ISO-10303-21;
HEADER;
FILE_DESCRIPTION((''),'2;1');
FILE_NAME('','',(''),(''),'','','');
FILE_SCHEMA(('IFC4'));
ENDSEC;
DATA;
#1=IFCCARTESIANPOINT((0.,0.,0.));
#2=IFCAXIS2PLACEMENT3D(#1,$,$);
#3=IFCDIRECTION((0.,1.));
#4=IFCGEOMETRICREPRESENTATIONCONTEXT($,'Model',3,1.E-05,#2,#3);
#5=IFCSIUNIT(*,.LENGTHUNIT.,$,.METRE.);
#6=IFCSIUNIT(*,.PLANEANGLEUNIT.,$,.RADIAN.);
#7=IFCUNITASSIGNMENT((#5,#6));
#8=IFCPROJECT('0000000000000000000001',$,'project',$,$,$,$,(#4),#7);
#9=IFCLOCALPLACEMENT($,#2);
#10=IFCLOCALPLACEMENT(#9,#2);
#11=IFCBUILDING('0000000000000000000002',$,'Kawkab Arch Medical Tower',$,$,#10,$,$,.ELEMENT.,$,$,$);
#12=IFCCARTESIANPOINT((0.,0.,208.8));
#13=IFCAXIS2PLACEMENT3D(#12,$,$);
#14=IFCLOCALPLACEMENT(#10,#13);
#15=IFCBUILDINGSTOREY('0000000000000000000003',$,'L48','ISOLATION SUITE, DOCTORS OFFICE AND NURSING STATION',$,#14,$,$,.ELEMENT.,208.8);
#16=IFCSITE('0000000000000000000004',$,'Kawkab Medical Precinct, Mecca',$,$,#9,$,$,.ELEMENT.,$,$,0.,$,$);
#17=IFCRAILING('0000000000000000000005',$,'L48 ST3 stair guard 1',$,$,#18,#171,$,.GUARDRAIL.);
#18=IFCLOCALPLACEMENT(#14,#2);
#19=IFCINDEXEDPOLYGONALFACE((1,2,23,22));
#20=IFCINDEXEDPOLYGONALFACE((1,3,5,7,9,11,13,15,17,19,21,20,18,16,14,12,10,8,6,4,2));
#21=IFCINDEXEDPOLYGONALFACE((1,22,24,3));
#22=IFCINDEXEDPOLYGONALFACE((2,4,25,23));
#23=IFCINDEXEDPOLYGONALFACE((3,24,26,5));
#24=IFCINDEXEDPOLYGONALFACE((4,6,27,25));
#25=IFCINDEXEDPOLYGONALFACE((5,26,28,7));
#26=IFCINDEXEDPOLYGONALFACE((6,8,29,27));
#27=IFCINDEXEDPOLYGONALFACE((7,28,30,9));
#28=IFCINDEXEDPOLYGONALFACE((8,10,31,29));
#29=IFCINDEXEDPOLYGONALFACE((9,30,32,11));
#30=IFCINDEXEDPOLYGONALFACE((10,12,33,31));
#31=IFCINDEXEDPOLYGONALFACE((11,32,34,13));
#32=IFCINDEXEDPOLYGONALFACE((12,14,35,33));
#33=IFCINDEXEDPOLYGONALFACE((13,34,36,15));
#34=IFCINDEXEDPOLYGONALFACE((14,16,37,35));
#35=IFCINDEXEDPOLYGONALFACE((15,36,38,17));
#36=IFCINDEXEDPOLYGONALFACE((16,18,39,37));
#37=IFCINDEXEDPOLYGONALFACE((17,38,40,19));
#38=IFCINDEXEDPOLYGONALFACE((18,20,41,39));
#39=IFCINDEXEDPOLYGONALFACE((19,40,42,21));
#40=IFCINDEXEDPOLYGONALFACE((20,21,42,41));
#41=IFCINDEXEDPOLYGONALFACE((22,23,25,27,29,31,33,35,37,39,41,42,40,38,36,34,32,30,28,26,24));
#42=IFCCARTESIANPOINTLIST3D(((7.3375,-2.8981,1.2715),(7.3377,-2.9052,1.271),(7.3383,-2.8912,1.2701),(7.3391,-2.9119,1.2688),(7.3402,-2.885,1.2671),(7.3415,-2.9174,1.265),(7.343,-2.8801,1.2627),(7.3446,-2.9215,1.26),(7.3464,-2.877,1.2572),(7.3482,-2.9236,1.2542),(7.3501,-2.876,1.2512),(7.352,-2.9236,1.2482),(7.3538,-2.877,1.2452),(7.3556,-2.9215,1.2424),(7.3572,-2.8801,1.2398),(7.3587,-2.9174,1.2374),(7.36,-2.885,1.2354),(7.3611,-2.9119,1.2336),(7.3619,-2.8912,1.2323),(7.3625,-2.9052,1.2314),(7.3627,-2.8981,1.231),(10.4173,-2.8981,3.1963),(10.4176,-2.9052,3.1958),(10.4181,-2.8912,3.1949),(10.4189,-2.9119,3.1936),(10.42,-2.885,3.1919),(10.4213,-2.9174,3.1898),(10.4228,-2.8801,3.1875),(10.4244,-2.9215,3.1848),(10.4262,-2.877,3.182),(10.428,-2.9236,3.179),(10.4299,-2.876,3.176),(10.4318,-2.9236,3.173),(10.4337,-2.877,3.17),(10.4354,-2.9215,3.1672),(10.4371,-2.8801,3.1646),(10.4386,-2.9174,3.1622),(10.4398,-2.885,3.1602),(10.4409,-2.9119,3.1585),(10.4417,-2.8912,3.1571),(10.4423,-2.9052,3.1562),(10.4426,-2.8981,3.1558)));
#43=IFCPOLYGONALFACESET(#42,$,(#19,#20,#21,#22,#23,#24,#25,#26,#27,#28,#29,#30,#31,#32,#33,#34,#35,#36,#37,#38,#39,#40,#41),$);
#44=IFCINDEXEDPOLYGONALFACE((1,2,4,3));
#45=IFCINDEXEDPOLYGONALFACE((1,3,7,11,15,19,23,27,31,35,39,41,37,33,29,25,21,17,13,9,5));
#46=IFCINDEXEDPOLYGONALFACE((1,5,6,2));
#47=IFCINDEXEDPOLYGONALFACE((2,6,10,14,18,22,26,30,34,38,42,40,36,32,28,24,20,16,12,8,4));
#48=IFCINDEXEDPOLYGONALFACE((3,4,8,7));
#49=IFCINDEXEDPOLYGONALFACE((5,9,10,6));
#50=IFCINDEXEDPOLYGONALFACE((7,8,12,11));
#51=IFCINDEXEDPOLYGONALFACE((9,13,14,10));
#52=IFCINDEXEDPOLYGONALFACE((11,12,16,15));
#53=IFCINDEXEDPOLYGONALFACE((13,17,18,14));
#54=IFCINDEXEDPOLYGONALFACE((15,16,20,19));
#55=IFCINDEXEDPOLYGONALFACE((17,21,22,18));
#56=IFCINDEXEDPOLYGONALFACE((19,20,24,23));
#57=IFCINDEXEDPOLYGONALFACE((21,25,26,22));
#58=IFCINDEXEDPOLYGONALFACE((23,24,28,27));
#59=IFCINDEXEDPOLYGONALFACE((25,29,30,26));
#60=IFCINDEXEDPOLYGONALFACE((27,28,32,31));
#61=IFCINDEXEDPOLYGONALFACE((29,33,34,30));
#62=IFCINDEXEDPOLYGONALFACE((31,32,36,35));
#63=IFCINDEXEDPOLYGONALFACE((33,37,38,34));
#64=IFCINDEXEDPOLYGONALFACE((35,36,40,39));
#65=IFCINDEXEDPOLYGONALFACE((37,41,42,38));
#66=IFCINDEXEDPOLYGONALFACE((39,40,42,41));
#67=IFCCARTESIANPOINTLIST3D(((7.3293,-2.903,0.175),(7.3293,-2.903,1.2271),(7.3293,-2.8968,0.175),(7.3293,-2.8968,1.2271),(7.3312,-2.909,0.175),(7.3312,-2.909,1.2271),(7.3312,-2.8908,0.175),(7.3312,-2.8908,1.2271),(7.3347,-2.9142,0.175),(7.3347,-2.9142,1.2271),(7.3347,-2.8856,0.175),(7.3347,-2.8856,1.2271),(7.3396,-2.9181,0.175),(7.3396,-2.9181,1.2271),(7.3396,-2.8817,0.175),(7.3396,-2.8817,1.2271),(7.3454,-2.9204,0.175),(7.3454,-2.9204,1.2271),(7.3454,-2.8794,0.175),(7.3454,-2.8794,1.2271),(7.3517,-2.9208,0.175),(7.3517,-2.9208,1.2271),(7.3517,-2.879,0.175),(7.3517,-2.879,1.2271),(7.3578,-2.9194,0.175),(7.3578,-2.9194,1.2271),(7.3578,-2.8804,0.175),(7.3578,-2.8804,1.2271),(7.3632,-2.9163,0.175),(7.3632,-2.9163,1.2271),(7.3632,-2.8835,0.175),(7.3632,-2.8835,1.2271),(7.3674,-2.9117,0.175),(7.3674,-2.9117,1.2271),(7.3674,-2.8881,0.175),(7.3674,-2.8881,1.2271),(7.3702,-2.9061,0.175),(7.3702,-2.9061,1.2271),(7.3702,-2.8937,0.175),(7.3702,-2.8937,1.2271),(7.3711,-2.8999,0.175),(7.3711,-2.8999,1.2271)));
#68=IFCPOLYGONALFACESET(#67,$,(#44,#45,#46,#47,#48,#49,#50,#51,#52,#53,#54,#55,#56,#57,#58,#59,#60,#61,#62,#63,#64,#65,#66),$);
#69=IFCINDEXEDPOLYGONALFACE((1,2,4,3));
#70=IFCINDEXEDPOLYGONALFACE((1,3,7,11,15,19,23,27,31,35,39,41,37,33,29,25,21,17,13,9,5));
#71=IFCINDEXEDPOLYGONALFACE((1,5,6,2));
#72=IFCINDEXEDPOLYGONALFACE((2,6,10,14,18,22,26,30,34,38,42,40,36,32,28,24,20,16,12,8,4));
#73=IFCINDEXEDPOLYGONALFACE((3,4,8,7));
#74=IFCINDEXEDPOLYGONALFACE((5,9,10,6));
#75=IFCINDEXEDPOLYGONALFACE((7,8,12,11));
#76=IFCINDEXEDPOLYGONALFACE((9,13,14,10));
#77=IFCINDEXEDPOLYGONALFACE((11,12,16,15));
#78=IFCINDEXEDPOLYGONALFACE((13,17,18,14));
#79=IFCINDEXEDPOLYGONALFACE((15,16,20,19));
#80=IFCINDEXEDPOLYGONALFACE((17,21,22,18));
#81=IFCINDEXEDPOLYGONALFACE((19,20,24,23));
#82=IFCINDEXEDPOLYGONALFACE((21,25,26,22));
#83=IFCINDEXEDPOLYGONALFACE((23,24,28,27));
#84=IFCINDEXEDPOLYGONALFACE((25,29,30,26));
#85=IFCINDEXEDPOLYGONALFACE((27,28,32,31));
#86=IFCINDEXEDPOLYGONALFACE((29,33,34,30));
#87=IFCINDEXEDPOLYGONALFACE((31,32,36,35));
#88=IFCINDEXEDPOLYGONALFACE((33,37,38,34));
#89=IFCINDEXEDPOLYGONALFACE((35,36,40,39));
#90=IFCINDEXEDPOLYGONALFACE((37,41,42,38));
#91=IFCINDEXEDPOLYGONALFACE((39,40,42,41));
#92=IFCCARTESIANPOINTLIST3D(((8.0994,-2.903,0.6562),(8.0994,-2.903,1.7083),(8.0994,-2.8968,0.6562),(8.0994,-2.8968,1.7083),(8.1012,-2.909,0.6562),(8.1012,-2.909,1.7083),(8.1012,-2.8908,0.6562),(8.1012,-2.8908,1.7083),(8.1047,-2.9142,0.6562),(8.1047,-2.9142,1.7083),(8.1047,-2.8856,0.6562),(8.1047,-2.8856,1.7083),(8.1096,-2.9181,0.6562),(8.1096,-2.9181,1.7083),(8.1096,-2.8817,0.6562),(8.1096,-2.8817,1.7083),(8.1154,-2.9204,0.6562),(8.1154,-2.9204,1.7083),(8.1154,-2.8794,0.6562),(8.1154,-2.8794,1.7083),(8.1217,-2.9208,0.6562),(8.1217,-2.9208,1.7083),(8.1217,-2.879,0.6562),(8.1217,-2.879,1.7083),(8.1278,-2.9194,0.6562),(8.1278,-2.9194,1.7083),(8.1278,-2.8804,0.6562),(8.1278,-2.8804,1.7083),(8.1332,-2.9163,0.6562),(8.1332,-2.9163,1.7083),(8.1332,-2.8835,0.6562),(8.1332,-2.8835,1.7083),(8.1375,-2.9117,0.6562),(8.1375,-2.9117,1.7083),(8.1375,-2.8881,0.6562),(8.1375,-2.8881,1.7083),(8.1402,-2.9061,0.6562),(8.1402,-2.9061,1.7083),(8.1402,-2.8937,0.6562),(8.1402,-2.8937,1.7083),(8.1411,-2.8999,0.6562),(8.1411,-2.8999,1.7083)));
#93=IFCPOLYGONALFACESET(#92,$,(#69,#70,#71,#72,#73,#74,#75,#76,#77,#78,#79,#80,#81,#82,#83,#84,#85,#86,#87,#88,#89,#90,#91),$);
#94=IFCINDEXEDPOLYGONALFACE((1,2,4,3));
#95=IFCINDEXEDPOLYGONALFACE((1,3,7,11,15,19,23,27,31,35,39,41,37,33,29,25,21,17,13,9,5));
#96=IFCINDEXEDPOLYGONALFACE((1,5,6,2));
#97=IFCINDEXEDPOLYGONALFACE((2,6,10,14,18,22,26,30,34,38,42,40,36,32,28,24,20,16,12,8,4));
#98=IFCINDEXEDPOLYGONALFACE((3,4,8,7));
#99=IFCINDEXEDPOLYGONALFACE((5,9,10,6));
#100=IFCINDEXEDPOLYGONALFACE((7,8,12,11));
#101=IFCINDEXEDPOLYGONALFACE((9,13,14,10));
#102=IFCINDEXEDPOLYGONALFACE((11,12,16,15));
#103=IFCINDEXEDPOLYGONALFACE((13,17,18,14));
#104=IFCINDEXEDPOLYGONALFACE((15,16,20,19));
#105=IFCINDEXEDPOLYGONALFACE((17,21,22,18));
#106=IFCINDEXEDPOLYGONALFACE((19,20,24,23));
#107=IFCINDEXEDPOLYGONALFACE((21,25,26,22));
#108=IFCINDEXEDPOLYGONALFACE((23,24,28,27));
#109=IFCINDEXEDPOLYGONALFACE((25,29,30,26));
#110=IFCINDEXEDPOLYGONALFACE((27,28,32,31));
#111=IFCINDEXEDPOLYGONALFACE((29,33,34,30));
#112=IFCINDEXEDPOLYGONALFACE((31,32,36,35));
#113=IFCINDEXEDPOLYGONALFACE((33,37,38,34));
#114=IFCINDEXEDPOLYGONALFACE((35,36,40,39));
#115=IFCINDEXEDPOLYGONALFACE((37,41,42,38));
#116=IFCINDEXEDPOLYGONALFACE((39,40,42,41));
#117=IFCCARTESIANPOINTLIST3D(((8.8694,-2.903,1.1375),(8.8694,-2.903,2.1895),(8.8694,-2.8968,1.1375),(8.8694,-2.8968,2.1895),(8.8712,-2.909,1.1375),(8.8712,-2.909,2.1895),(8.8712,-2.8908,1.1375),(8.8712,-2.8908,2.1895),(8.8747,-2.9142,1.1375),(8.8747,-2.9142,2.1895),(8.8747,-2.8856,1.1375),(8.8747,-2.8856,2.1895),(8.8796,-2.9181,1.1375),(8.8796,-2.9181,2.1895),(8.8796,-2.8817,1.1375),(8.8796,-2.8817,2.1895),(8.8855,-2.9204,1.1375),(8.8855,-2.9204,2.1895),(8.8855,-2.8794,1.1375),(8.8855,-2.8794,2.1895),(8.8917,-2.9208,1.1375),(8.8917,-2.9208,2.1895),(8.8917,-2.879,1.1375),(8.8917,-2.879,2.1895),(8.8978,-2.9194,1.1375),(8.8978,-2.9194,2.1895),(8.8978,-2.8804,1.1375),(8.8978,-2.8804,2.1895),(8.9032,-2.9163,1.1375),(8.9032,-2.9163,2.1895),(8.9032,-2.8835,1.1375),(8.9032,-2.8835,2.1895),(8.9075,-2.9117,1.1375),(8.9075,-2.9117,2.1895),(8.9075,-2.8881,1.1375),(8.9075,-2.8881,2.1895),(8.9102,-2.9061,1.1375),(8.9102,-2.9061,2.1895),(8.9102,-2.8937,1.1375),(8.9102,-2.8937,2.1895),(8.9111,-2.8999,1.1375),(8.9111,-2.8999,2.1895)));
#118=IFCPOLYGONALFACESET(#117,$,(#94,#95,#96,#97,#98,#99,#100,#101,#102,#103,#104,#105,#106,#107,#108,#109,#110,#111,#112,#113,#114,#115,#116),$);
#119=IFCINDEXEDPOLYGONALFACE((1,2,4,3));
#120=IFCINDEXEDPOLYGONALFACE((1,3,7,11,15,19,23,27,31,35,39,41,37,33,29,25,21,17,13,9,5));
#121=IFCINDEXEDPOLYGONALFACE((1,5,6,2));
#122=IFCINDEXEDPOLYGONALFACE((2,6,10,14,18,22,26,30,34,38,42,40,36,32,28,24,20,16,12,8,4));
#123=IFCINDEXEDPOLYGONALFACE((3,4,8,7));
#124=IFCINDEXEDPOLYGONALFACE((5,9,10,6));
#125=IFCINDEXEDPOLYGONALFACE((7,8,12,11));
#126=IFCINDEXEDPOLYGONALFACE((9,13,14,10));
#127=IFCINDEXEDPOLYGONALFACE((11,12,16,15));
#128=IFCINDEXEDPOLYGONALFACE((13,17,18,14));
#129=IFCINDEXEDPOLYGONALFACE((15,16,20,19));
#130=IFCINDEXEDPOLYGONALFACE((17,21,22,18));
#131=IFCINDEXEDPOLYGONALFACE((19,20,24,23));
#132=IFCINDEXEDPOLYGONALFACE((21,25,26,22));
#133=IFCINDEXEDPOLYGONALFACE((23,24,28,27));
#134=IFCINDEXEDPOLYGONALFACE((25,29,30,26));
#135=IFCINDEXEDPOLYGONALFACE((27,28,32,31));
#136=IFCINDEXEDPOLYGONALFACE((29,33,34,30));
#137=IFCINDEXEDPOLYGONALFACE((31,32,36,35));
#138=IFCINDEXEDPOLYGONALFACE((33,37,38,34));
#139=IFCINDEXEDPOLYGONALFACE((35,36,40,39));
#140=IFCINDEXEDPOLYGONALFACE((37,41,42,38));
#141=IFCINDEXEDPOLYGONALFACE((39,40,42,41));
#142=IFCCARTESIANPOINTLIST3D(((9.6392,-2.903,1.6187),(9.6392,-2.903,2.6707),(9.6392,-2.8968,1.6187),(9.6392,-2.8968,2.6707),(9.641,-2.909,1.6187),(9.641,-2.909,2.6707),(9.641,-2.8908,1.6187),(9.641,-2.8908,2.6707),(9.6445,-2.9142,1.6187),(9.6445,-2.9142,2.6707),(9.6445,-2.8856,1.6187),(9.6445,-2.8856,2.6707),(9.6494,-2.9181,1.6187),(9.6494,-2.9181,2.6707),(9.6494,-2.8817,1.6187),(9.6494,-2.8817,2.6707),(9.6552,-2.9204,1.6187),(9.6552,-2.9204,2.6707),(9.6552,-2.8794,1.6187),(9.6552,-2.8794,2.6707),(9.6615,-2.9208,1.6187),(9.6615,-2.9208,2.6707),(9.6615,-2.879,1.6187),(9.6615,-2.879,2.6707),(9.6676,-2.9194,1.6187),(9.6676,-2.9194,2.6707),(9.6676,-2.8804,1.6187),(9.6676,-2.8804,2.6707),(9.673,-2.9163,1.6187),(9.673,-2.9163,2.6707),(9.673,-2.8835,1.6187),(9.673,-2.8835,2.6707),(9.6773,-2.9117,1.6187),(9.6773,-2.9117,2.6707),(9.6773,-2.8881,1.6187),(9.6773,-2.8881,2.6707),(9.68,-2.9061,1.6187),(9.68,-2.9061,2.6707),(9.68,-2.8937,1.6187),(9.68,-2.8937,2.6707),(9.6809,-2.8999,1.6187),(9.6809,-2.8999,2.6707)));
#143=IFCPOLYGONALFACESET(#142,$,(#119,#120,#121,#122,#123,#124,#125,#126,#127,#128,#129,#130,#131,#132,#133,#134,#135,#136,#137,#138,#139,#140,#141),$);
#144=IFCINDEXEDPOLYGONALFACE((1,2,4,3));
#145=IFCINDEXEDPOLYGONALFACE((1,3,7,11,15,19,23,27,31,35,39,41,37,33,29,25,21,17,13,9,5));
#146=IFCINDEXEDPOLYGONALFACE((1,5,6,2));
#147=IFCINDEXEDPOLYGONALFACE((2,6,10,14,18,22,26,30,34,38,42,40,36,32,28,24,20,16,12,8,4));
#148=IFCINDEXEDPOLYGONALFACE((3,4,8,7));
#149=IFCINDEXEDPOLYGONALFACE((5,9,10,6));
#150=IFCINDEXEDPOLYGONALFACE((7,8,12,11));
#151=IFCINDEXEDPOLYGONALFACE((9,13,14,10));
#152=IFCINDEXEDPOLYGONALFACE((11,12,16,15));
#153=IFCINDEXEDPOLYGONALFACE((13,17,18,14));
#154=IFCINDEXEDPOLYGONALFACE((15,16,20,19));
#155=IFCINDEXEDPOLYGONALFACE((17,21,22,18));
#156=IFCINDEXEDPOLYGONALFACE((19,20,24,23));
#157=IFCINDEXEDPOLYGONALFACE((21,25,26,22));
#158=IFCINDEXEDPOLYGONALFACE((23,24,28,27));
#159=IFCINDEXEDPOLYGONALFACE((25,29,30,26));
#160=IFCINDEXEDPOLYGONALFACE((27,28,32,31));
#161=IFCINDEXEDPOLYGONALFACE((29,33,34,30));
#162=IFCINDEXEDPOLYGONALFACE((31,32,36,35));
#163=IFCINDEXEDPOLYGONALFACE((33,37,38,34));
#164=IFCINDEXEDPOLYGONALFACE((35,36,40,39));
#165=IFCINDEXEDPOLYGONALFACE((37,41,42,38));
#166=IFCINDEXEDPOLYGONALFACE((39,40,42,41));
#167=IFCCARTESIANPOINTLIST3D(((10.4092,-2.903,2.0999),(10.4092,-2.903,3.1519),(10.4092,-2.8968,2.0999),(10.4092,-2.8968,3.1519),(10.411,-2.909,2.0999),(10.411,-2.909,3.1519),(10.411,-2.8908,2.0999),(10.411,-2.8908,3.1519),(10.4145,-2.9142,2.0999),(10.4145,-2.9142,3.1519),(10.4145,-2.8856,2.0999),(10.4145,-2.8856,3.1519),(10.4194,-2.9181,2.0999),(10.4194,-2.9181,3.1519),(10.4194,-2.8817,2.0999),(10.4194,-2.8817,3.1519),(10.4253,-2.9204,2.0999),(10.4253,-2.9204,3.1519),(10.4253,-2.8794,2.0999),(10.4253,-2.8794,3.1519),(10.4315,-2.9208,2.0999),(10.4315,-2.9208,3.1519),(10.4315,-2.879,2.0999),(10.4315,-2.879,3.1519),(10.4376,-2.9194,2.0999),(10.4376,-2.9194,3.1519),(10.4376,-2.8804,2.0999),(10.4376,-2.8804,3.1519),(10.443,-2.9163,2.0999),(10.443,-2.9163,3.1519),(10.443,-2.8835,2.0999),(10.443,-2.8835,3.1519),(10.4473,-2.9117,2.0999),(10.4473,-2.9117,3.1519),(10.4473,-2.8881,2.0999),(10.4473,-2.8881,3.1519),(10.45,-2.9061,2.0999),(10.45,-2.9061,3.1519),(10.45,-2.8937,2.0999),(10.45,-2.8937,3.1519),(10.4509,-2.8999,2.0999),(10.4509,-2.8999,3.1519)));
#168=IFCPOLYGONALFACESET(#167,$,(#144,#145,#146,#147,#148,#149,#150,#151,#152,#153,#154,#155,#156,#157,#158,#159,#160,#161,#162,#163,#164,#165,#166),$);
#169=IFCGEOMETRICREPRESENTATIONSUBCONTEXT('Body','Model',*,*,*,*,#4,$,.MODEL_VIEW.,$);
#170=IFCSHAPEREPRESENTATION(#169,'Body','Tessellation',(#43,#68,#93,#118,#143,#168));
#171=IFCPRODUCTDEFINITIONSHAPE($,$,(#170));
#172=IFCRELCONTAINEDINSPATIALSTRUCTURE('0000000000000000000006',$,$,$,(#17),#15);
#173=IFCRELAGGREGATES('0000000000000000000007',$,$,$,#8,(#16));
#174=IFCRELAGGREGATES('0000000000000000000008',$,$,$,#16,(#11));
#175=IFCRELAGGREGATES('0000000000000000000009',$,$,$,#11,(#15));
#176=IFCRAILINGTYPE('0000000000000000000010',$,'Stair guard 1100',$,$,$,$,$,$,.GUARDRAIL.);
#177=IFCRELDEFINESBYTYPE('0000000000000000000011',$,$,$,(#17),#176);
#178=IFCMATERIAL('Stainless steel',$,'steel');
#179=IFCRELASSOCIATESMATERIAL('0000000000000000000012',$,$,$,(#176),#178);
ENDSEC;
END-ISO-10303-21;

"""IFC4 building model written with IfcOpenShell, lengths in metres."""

from ifc_helpers import new_model, si_unit, direction, frame, origin, origin_2d, place, context, subcontext, project, spatial, circle, extrude, material, type_object, element, save


model = new_model("IFC4")

# Units and contexts
model_context = context("Model", 3, precision=1e-05, world=origin(), true_north=direction((0.0, 1.0)))
body_context = subcontext(model_context, "Body", "Model", "MODEL_VIEW")
ifc_project = project(units=[si_unit("LENGTHUNIT", "METRE"), si_unit("PLANEANGLEUNIT", "RADIAN")], contexts=[model_context])

# Site, building, storey
site_placement = place(None, origin())
site = spatial("IfcSite", under=ifc_project, at=site_placement, Name="Kawkab Medical Precinct, Mecca", CompositionType="ELEMENT", RefElevation=0.0)
building_placement = place(site_placement, origin())
building = spatial("IfcBuilding", under=site, at=building_placement, Name="Kawkab Arch Medical Tower", CompositionType="ELEMENT")
storey_placement = place(building_placement, frame((0.0, 0.0, 208.8)))
storey = spatial("IfcBuildingStorey", under=building, at=storey_placement, Name="L48", Description="ISOLATION SUITE, DOCTORS OFFICE AND NURSING STATION", CompositionType="ELEMENT", Elevation=208.8)

# Railing
ifc_material_1 = material(Name="Stainless steel", Category="steel")
railing_type_1 = type_object("IfcRailingType", Name="Stair guard 1100", PredefinedType="GUARDRAIL", material=ifc_material_1)
railing_1_placement = place(storey_placement, frame((7.3501, -2.8999, 0.175)))
element("IfcRailing", 1, at=railing_1_placement, inside=storey, type_object=railing_type_1, Name="L48 ST3 stair guard 1", PredefinedType="GUARDRAIL", context=body_context, shape_type="SweptSolid", body=[
    extrude(circle(Radius=0.0239, at=origin_2d()), frame((0.0, 0.0, 1.0762), z_axis=(0.84801, 0.0, 0.529981), x_axis=(0.0, 1.0, 0.0)), (0.0, 0.0, 1.0), 3.6318),
    extrude(circle(Radius=0.021, at=origin_2d()), origin(), (0.0, 0.0, 1.0), 1.052),
    extrude(circle(Radius=0.021, at=origin_2d()), frame((0.77, 0.0, 0.4812)), (0.0, 0.0, 1.0), 1.052),
    extrude(circle(Radius=0.021, at=origin_2d()), frame((1.54, 0.0, 0.9624)), (0.0, 0.0, 1.0), 1.052),
    extrude(circle(Radius=0.021, at=origin_2d()), frame((2.3098, 0.0, 1.4436)), (0.0, 0.0, 1.0), 1.052),
    extrude(circle(Radius=0.021, at=origin_2d()), frame((3.0798, 0.0, 1.9248)), (0.0, 0.0, 1.0), 1.052),
])

save(model, "model.ifc")
